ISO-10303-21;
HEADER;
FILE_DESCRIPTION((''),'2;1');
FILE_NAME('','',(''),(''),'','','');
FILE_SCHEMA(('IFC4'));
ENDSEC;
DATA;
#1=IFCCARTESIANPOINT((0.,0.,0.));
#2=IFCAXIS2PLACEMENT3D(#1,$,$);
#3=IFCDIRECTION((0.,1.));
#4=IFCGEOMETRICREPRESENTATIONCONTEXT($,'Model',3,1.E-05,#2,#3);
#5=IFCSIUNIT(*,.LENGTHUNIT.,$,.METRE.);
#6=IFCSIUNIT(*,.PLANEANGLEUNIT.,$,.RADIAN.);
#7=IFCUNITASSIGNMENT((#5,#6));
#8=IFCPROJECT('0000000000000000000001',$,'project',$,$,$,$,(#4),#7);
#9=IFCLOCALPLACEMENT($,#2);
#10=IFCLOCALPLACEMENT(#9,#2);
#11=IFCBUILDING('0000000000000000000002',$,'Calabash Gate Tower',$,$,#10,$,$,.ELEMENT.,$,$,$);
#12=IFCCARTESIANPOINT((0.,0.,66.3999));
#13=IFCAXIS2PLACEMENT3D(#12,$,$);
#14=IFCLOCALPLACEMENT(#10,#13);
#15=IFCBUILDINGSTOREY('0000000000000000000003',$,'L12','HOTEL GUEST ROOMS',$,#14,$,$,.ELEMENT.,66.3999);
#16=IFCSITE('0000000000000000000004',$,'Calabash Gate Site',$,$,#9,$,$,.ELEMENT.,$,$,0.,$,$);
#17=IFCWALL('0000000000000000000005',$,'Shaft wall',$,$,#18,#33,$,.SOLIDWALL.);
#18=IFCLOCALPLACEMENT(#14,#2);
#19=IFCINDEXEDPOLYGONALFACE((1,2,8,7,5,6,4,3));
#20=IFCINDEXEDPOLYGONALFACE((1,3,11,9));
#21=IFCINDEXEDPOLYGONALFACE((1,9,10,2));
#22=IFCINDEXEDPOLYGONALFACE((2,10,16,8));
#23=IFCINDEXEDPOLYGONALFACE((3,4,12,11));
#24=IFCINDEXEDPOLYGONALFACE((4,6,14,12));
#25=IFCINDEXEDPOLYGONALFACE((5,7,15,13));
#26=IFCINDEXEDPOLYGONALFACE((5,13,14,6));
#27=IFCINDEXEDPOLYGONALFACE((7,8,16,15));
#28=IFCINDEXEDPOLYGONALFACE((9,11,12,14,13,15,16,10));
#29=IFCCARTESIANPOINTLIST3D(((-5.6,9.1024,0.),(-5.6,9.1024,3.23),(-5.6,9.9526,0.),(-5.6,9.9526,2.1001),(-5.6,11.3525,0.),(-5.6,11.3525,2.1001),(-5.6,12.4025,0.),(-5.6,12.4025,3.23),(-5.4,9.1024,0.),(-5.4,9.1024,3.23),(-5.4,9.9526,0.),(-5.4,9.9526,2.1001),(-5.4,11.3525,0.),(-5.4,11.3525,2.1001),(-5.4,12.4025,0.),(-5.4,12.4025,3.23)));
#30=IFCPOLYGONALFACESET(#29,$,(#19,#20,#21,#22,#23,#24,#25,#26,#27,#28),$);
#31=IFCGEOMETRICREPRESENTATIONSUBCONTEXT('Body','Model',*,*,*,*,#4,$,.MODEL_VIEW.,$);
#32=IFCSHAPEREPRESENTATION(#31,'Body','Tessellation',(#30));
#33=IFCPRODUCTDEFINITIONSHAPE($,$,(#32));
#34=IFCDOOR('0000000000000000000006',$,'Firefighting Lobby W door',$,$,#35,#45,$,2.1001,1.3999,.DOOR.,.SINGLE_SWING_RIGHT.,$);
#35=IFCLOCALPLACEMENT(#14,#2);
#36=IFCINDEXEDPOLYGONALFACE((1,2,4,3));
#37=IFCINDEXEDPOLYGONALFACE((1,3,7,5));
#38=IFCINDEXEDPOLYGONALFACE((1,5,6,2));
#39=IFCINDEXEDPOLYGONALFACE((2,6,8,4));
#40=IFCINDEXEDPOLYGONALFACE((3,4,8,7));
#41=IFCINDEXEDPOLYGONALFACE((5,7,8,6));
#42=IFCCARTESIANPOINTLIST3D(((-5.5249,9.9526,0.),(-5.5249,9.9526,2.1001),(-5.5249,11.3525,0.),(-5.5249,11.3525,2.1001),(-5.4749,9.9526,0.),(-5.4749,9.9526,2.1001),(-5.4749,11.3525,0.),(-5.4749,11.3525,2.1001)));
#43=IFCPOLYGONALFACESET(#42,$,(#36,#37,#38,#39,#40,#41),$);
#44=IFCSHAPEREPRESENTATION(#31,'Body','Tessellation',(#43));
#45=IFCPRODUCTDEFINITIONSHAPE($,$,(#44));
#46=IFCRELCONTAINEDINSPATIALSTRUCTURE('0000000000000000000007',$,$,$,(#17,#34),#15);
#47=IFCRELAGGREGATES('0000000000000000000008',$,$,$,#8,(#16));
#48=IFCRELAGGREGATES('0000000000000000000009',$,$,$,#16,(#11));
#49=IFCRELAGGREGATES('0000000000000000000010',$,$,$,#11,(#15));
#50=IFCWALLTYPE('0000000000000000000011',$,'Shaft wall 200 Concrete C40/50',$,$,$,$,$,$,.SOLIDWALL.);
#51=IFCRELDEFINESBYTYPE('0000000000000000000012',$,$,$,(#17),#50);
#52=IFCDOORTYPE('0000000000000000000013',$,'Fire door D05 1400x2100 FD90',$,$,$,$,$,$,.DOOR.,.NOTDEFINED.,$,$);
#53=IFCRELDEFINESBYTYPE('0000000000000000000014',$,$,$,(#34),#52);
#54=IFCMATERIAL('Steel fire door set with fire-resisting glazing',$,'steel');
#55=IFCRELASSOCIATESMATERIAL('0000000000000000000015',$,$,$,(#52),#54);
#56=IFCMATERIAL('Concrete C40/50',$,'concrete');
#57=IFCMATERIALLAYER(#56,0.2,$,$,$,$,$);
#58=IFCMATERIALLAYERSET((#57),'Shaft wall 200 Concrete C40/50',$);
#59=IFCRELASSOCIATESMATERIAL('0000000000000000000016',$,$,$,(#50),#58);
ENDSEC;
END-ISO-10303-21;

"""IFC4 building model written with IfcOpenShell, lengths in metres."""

from ifc_helpers import new_model, si_unit, direction, frame, frame_2d, origin, place, context, subcontext, project, spatial, rectangle, extrude, material, layer, layer_set, type_object, element, fill, save


model = new_model("IFC4")

# Units and contexts
model_context = context("Model", 3, precision=1e-05, world=origin(), true_north=direction((0.0, 1.0)))
body_context = subcontext(model_context, "Body", "Model", "MODEL_VIEW")
ifc_project = project(units=[si_unit("LENGTHUNIT", "METRE"), si_unit("PLANEANGLEUNIT", "RADIAN")], contexts=[model_context])

# Site, building, storey
site_placement = place(None, origin())
site = spatial("IfcSite", under=ifc_project, at=site_placement, Name="Calabash Gate Site", CompositionType="ELEMENT", RefElevation=0.0)
building_placement = place(site_placement, origin())
building = spatial("IfcBuilding", under=site, at=building_placement, Name="Calabash Gate Tower", CompositionType="ELEMENT")
storey_placement = place(building_placement, frame((0.0, 0.0, 66.3999)))
storey = spatial("IfcBuildingStorey", under=building, at=storey_placement, Name="L12", Description="HOTEL GUEST ROOMS", CompositionType="ELEMENT", Elevation=66.3999)

# Shared definitions
ifc_material_1 = material(Name="Steel fire door set with fire-resisting glazing", Category="steel")
door_type_1 = type_object("IfcDoorType", Name="Fire door D05 1400x2100 FD90", OperationType="NOTDEFINED", PredefinedType="DOOR", material=ifc_material_1)

# Shared definitions
ifc_material_2 = material(Name="Concrete C40/50", Category="concrete")
ifc_layer_1 = layer(ifc_material_2, 0.2)
ifc_layer_set_1 = layer_set([ifc_layer_1], Name="Shaft wall 200 Concrete C40/50")
wall_type_1 = type_object("IfcWallType", Name="Shaft wall 200 Concrete C40/50", PredefinedType="SOLIDWALL", material=ifc_layer_set_1)

# Wall, opening, door
wall_1_placement = place(storey_placement, frame((-5.5, 9.1025, 0.0), z_axis=(0.0, 0.0, 1.0), x_axis=(0.0, 1.0, 0.0)))
wall_1 = element("IfcWall", 1, at=wall_1_placement, inside=storey, type_object=wall_type_1, Name="Shaft wall", PredefinedType="SOLIDWALL", context=body_context, shape_type="SweptSolid", body=[
    extrude(rectangle(XDim=3.3, YDim=0.2, at=frame_2d((1.6499, 0.0))), origin(), (0.0, 0.0, 1.0), 3.23),
])
opening_1_placement = place(wall_1_placement, frame((0.8501, 0.0, 0.0)))
opening_1 = element("IfcOpeningElement", 2, at=opening_1_placement, cuts=wall_1, PredefinedType="OPENING", context=body_context, shape_type="SweptSolid", body=[
    extrude(rectangle(XDim=1.3999, YDim=2.1001, at=frame_2d((0.7, 1.05))), frame((0.0, 0.1099, 0.0), z_axis=(0.0, -1.0, 0.0), x_axis=(1.0, 0.0, 0.0)), (0.0, 0.0, 1.0), 0.22),
])
door_1_placement = place(opening_1_placement, origin())
door_1 = element("IfcDoor", 3, at=door_1_placement, inside=storey, type_object=door_type_1, Name="Firefighting Lobby W door", OperationType="SINGLE_SWING_RIGHT", OverallHeight=2.1001, OverallWidth=1.3999, PredefinedType="DOOR", context=body_context, shape_type="SweptSolid", body=[
    extrude(rectangle(XDim=1.3999, YDim=2.1001, at=frame_2d((0.7, 1.05))), frame((0.0, 0.0249, 0.0), z_axis=(0.0, -1.0, 0.0), x_axis=(1.0, 0.0, 0.0)), (0.0, 0.0, 1.0), 0.05),
])
fill(opening_1, door_1)

save(model, "model.ifc")
